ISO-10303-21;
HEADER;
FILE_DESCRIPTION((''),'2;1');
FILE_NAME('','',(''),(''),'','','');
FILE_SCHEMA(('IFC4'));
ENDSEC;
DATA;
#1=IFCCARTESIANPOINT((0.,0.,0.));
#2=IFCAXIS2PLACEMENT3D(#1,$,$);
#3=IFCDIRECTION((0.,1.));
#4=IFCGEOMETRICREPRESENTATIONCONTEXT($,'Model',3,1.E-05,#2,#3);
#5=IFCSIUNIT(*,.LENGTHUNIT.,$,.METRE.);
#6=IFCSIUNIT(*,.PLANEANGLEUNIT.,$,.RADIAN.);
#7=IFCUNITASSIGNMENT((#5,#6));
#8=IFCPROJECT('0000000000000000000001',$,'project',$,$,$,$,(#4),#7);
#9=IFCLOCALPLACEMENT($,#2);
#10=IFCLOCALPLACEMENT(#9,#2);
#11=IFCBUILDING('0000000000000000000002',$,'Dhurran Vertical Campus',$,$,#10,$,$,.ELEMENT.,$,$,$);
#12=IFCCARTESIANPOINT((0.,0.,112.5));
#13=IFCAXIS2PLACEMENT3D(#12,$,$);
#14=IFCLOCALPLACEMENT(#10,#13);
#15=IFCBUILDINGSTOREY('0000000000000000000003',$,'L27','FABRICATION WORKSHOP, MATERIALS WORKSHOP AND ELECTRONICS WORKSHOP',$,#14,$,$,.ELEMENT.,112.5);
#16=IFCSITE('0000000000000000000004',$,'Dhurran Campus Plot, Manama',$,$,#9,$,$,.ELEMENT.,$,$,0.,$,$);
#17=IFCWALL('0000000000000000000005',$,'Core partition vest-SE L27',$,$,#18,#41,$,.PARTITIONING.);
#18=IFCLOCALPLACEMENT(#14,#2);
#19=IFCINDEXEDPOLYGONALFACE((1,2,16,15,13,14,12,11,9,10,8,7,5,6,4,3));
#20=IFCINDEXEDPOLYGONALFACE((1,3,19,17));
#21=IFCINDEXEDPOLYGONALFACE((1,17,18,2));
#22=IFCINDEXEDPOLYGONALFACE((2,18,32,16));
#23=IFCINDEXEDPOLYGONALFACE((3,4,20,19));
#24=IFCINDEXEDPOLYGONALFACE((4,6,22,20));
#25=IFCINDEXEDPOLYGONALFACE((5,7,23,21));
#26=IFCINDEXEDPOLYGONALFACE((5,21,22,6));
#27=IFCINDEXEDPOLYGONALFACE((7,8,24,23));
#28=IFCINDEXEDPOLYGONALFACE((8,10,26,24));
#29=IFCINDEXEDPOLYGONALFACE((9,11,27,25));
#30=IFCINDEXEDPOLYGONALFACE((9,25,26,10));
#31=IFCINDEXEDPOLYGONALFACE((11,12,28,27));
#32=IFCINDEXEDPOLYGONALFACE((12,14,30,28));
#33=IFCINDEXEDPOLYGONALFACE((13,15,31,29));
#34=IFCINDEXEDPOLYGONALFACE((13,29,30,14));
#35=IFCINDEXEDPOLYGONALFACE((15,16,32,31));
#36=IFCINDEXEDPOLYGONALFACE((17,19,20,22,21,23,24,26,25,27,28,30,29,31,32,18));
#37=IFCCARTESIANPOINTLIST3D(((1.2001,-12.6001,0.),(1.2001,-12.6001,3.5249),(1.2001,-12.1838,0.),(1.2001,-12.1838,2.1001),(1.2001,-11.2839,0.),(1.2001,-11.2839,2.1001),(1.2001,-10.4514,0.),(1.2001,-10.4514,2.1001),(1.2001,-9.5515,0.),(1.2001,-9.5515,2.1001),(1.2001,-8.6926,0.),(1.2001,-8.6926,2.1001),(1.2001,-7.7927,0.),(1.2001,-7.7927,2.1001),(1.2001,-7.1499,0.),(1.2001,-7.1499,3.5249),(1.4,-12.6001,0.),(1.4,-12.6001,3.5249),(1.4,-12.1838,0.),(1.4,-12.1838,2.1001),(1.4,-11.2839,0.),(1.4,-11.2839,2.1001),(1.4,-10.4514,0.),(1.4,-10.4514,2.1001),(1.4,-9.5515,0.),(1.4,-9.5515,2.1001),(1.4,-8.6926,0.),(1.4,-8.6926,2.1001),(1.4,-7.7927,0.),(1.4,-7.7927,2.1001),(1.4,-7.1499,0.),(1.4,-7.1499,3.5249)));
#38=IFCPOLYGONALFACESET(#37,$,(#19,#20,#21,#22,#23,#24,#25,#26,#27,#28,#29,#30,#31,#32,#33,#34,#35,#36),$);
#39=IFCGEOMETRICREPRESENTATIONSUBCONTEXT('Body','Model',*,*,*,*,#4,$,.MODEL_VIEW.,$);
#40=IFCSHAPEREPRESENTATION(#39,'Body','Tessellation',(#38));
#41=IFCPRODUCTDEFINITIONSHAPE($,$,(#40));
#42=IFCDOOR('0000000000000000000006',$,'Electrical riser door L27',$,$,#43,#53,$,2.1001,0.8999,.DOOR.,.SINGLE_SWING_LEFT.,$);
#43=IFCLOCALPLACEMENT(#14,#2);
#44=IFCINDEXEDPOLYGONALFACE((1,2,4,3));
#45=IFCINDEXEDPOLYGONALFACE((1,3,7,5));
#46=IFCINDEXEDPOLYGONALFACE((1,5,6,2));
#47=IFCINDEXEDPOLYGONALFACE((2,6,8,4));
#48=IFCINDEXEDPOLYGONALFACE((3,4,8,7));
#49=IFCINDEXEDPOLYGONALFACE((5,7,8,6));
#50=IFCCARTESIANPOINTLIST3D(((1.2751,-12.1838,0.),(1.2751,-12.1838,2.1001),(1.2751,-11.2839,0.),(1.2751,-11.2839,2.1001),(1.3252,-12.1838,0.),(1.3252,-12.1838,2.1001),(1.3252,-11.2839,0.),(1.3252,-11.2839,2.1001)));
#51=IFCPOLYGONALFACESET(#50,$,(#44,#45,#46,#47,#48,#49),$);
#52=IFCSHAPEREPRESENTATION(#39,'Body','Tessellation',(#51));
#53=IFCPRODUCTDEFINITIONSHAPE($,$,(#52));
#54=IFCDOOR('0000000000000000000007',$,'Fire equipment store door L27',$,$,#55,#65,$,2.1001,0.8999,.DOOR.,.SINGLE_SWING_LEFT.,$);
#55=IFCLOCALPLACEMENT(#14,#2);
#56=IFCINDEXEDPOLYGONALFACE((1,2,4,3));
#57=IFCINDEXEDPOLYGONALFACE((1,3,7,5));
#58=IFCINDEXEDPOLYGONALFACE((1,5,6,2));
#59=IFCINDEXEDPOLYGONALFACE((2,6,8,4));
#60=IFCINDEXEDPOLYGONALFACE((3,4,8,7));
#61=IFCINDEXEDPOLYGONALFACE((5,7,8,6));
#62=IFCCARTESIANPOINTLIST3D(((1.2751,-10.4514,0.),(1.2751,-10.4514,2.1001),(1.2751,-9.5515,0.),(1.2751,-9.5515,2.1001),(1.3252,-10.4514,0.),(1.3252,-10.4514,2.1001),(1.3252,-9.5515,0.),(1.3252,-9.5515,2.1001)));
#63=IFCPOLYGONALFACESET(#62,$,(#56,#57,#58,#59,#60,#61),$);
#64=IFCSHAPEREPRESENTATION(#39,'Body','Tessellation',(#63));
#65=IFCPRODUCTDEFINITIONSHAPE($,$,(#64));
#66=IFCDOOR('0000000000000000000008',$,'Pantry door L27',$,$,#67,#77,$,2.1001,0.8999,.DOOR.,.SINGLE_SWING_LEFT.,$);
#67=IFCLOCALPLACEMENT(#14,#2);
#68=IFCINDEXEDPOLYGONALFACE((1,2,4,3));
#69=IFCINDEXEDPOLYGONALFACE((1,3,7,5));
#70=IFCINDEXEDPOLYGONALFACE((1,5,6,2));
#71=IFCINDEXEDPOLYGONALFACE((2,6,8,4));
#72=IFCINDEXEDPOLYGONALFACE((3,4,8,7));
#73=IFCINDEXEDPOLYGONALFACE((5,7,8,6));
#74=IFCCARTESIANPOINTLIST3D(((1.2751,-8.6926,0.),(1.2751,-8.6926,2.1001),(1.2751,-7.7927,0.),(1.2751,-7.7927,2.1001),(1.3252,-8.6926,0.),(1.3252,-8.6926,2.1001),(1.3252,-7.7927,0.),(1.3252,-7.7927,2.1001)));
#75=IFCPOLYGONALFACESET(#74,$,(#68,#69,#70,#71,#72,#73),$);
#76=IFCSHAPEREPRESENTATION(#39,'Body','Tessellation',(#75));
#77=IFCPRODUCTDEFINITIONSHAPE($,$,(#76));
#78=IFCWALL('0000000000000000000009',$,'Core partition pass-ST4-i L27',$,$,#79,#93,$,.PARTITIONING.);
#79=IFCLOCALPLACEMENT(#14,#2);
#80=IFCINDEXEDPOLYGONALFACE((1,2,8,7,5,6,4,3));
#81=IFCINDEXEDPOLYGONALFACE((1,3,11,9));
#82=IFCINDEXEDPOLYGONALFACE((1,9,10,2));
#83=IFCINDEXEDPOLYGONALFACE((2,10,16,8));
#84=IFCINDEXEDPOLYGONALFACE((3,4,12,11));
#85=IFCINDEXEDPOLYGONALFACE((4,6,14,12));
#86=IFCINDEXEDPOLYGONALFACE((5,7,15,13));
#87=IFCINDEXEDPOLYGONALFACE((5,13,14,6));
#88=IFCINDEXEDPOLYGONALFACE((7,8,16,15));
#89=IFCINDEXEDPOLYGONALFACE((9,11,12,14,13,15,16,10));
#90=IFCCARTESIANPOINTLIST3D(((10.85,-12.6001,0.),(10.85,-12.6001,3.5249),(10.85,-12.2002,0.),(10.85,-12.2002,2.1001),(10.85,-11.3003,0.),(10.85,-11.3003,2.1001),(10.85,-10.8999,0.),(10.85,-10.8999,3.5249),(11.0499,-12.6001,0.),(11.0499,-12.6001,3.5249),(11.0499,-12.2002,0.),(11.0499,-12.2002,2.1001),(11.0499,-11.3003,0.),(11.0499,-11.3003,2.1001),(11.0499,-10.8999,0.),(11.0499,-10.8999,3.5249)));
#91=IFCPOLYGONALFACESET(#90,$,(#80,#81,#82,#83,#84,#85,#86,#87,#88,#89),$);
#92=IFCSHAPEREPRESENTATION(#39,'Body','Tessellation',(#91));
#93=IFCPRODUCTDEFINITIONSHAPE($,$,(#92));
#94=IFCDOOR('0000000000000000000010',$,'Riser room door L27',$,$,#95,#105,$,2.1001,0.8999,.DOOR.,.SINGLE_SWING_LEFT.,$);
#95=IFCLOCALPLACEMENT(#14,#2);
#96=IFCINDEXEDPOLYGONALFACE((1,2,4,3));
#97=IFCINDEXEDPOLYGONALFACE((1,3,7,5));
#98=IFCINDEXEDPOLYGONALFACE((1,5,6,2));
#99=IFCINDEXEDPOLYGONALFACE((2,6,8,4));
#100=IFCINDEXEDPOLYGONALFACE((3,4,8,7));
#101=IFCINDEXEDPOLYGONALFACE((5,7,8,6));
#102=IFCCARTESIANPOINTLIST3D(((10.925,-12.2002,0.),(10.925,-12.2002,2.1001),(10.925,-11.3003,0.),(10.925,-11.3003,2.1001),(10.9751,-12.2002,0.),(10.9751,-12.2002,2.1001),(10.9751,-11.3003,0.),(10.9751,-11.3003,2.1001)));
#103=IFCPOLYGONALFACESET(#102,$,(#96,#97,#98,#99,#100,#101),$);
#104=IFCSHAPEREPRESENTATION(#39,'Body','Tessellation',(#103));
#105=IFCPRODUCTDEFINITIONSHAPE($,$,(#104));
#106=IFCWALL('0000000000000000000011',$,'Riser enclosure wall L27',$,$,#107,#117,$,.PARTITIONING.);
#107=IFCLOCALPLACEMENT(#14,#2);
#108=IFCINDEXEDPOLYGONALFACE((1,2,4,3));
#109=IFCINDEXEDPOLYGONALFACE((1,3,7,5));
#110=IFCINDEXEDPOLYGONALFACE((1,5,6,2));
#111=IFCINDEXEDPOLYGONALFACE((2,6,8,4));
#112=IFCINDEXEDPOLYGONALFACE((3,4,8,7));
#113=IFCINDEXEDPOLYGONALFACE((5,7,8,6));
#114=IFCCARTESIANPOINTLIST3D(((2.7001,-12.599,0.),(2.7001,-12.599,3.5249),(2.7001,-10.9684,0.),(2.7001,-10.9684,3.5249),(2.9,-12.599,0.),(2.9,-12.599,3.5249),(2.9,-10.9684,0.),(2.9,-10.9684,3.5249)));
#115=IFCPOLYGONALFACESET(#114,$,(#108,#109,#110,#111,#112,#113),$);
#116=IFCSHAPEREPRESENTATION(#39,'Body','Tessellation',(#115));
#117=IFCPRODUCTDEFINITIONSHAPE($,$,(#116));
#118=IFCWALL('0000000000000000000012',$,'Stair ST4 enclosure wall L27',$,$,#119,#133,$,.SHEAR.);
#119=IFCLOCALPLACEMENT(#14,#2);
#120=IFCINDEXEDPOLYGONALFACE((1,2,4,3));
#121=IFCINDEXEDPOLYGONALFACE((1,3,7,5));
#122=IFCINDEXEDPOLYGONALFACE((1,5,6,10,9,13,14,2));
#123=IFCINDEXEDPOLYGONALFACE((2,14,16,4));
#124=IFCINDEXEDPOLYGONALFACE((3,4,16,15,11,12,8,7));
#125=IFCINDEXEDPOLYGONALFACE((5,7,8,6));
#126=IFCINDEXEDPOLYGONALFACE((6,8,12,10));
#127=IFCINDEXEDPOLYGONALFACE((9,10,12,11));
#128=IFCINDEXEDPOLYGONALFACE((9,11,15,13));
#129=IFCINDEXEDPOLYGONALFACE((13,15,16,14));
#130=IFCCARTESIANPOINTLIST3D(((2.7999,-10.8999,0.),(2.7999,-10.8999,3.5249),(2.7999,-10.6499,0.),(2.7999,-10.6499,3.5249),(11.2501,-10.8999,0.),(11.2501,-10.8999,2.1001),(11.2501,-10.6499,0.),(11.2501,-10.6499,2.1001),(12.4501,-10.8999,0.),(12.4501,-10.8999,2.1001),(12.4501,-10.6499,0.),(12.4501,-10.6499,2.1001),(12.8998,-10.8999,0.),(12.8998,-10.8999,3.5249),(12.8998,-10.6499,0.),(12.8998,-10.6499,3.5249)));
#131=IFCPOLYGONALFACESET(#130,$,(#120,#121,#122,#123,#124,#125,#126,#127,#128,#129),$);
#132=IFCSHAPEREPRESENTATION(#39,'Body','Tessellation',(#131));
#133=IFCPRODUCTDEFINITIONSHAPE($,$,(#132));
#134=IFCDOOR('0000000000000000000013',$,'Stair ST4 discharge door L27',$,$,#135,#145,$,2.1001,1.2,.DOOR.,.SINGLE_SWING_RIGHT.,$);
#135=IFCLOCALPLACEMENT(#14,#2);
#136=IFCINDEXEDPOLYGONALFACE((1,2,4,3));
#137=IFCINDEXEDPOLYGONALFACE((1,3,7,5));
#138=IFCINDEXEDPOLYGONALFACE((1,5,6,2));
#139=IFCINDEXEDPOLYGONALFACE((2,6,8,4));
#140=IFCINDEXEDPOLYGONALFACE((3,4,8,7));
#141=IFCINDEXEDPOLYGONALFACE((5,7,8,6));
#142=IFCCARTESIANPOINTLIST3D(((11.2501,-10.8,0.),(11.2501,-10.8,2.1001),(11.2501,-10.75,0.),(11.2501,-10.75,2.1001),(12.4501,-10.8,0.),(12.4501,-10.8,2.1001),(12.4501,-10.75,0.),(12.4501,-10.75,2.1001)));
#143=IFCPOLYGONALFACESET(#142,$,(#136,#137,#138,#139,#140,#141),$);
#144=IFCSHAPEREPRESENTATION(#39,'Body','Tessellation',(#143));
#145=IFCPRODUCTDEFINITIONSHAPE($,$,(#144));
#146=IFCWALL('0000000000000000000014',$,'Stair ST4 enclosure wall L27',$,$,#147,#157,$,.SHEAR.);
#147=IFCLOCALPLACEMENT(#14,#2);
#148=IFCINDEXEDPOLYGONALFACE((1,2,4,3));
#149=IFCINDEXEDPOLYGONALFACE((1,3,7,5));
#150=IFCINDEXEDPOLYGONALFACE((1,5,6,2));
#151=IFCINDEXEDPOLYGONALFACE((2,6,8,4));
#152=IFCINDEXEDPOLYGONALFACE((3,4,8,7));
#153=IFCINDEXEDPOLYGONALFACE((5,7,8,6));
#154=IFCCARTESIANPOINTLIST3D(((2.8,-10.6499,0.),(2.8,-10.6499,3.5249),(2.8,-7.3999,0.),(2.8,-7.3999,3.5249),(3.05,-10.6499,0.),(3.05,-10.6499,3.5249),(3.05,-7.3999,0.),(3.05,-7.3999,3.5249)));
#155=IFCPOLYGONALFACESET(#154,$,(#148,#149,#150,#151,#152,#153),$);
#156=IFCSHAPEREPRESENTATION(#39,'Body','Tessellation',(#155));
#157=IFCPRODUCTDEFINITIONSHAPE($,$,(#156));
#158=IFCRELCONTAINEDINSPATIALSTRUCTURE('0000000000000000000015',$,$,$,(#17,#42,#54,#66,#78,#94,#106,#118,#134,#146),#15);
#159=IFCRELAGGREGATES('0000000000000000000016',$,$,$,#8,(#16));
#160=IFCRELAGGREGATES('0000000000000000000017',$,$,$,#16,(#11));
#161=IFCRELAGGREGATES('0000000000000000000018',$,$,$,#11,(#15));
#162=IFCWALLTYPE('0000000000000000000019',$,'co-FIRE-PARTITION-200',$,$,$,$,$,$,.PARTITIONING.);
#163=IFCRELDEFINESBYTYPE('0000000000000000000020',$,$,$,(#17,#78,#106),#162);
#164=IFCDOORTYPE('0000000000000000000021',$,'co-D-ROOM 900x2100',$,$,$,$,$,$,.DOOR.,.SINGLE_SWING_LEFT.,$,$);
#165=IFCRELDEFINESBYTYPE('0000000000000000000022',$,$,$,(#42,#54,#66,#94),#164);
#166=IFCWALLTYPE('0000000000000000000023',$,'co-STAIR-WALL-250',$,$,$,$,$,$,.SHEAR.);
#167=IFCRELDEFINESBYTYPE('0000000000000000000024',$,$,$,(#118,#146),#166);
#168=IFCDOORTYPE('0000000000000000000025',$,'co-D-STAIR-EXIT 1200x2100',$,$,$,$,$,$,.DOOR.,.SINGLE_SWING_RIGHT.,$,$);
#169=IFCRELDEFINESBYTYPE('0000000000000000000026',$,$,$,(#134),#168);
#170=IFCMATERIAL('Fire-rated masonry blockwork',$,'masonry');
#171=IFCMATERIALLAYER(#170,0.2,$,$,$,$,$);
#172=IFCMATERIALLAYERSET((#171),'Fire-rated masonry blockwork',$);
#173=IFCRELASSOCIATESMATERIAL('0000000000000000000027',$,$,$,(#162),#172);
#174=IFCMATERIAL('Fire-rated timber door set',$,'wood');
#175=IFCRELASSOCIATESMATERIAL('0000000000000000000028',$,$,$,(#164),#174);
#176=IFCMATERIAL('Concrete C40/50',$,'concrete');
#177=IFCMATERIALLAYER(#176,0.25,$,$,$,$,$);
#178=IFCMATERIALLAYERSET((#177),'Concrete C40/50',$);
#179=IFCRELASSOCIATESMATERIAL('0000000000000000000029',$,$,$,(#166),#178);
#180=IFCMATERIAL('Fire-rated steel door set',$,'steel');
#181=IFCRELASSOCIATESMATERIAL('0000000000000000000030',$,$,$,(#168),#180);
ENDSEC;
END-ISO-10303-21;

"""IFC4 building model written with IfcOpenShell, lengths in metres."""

from ifc_helpers import new_model, si_unit, direction, frame, frame_2d, origin, place, context, subcontext, project, spatial, rectangle, extrude, material, layer, layer_set, type_object, element, fill, save


model = new_model("IFC4")

# Units and contexts
model_context = context("Model", 3, precision=1e-05, world=origin(), true_north=direction((0.0, 1.0)))
body_context = subcontext(model_context, "Body", "Model", "MODEL_VIEW")
ifc_project = project(units=[si_unit("LENGTHUNIT", "METRE"), si_unit("PLANEANGLEUNIT", "RADIAN")], contexts=[model_context])

# Site, building, storey
site_placement = place(None, origin())
site = spatial("IfcSite", under=ifc_project, at=site_placement, Name="Dhurran Campus Plot, Manama", CompositionType="ELEMENT", RefElevation=0.0)
building_placement = place(site_placement, origin())
building = spatial("IfcBuilding", under=site, at=building_placement, Name="Dhurran Vertical Campus", CompositionType="ELEMENT")
storey_placement = place(building_placement, frame((0.0, 0.0, 112.5)))
storey = spatial("IfcBuildingStorey", under=building, at=storey_placement, Name="L27", Description="FABRICATION WORKSHOP, MATERIALS WORKSHOP AND ELECTRONICS WORKSHOP", CompositionType="ELEMENT", Elevation=112.5)

# Shared definitions
ifc_material_1 = material(Name="Fire-rated masonry blockwork", Category="masonry")
ifc_layer_1 = layer(ifc_material_1, 0.2)
ifc_layer_set_1 = layer_set([ifc_layer_1], Name="Fire-rated masonry blockwork")
wall_type_1 = type_object("IfcWallType", Name="co-FIRE-PARTITION-200", PredefinedType="PARTITIONING", material=ifc_layer_set_1)

# Wall, openings, doors
wall_1_placement = place(storey_placement, frame((1.3, -12.6001, 0.0), z_axis=(0.0, 0.0, 1.0), x_axis=(0.0, 1.0, 0.0)))
wall_1 = element("IfcWall", 1, at=wall_1_placement, inside=storey, type_object=wall_type_1, Name="Core partition vest-SE L27", PredefinedType="PARTITIONING", context=body_context, shape_type="SweptSolid", body=[
    extrude(rectangle(XDim=5.4502, YDim=0.2, at=frame_2d((2.7251, 0.0))), origin(), (0.0, 0.0, 1.0), 3.5249),
])
opening_1_placement = place(wall_1_placement, frame((0.4163, 0.0, 0.0)))
opening_1 = element("IfcOpeningElement", 2, at=opening_1_placement, cuts=wall_1, PredefinedType="OPENING", context=body_context, shape_type="SweptSolid", body=[
    extrude(rectangle(XDim=0.8999, YDim=2.1001, at=frame_2d((0.45, 1.05))), frame((0.0, 0.1099, 0.0), z_axis=(0.0, -1.0, 0.0), x_axis=(1.0, 0.0, 0.0)), (0.0, 0.0, 1.0), 0.22),
])
opening_2_placement = place(wall_1_placement, frame((2.1487, 0.0, 0.0)))
opening_2 = element("IfcOpeningElement", 3, at=opening_2_placement, cuts=wall_1, PredefinedType="OPENING", context=body_context, shape_type="SweptSolid", body=[
    extrude(rectangle(XDim=0.8999, YDim=2.1001, at=frame_2d((0.45, 1.05))), frame((0.0, 0.1099, 0.0), z_axis=(0.0, -1.0, 0.0), x_axis=(1.0, 0.0, 0.0)), (0.0, 0.0, 1.0), 0.22),
])
opening_3_placement = place(wall_1_placement, frame((3.9075, 0.0, 0.0)))
opening_3 = element("IfcOpeningElement", 4, at=opening_3_placement, cuts=wall_1, PredefinedType="OPENING", context=body_context, shape_type="SweptSolid", body=[
    extrude(rectangle(XDim=0.8999, YDim=2.1001, at=frame_2d((0.45, 1.05))), frame((0.0, 0.1099, 0.0), z_axis=(0.0, -1.0, 0.0), x_axis=(1.0, 0.0, 0.0)), (0.0, 0.0, 1.0), 0.22),
])
ifc_material_2 = material(Name="Fire-rated timber door set", Category="wood")
door_type_1 = type_object("IfcDoorType", Name="co-D-ROOM 900x2100", OperationType="SINGLE_SWING_LEFT", PredefinedType="DOOR", material=ifc_material_2)
door_1_placement = place(opening_1_placement, origin())
door_1 = element("IfcDoor", 5, at=door_1_placement, inside=storey, type_object=door_type_1, Name="Electrical riser door L27", OperationType="SINGLE_SWING_LEFT", OverallHeight=2.1001, OverallWidth=0.8999, PredefinedType="DOOR", context=body_context, shape_type="SweptSolid", body=[
    extrude(rectangle(XDim=0.8999, YDim=2.1001, at=frame_2d((0.45, 1.05))), frame((0.0, 0.0249, 0.0), z_axis=(0.0, -1.0, 0.0), x_axis=(1.0, 0.0, 0.0)), (0.0, 0.0, 1.0), 0.05),
])
fill(opening_1, door_1)
door_2_placement = place(opening_2_placement, origin())
door_2 = element("IfcDoor", 6, at=door_2_placement, inside=storey, type_object=door_type_1, Name="Fire equipment store door L27", OperationType="SINGLE_SWING_LEFT", OverallHeight=2.1001, OverallWidth=0.8999, PredefinedType="DOOR", context=body_context, shape_type="SweptSolid", body=[
    extrude(rectangle(XDim=0.8999, YDim=2.1001, at=frame_2d((0.45, 1.05))), frame((0.0, 0.0249, 0.0), z_axis=(0.0, -1.0, 0.0), x_axis=(1.0, 0.0, 0.0)), (0.0, 0.0, 1.0), 0.05),
])
fill(opening_2, door_2)
door_3_placement = place(opening_3_placement, origin())
door_3 = element("IfcDoor", 7, at=door_3_placement, inside=storey, type_object=door_type_1, Name="Pantry door L27", OperationType="SINGLE_SWING_LEFT", OverallHeight=2.1001, OverallWidth=0.8999, PredefinedType="DOOR", context=body_context, shape_type="SweptSolid", body=[
    extrude(rectangle(XDim=0.8999, YDim=2.1001, at=frame_2d((0.45, 1.05))), frame((0.0, 0.0249, 0.0), z_axis=(0.0, -1.0, 0.0), x_axis=(1.0, 0.0, 0.0)), (0.0, 0.0, 1.0), 0.05),
])
fill(opening_3, door_3)

# Wall, opening, door
wall_2_placement = place(storey_placement, frame((10.95, -12.6001, 0.0), z_axis=(0.0, 0.0, 1.0), x_axis=(0.0, 1.0, 0.0)))
wall_2 = element("IfcWall", 8, at=wall_2_placement, inside=storey, type_object=wall_type_1, Name="Core partition pass-ST4-i L27", PredefinedType="PARTITIONING", context=body_context, shape_type="SweptSolid", body=[
    extrude(rectangle(XDim=1.7002, YDim=0.2, at=frame_2d((0.8501, 0.0))), origin(), (0.0, 0.0, 1.0), 3.5249),
])
opening_4_placement = place(wall_2_placement, frame((0.3999, 0.0, 0.0)))
opening_4 = element("IfcOpeningElement", 9, at=opening_4_placement, cuts=wall_2, PredefinedType="OPENING", context=body_context, shape_type="SweptSolid", body=[
    extrude(rectangle(XDim=0.8999, YDim=2.1001, at=frame_2d((0.45, 1.05))), frame((0.0, 0.1099, 0.0), z_axis=(0.0, -1.0, 0.0), x_axis=(1.0, 0.0, 0.0)), (0.0, 0.0, 1.0), 0.22),
])
door_4_placement = place(opening_4_placement, origin())
door_4 = element("IfcDoor", 10, at=door_4_placement, inside=storey, type_object=door_type_1, Name="Riser room door L27", OperationType="SINGLE_SWING_LEFT", OverallHeight=2.1001, OverallWidth=0.8999, PredefinedType="DOOR", context=body_context, shape_type="SweptSolid", body=[
    extrude(rectangle(XDim=0.8999, YDim=2.1001, at=frame_2d((0.45, 1.05))), frame((0.0, 0.0249, 0.0), z_axis=(0.0, -1.0, 0.0), x_axis=(1.0, 0.0, 0.0)), (0.0, 0.0, 1.0), 0.05),
])
fill(opening_4, door_4)

# Wall
wall_3_placement = place(storey_placement, frame((2.8, -12.5991, 0.0), z_axis=(0.0, 0.0, 1.0), x_axis=(0.0, 1.0, 0.0)))
element("IfcWall", 11, at=wall_3_placement, inside=storey, type_object=wall_type_1, Name="Riser enclosure wall L27", PredefinedType="PARTITIONING", context=body_context, shape_type="SweptSolid", body=[
    extrude(rectangle(XDim=1.6306, YDim=0.2, at=frame_2d((0.8154, 0.0))), origin(), (0.0, 0.0, 1.0), 3.5249),
])

# Wall, opening, door
ifc_material_3 = material(Name="Concrete C40/50", Category="concrete")
ifc_layer_2 = layer(ifc_material_3, 0.25)
ifc_layer_set_2 = layer_set([ifc_layer_2], Name="Concrete C40/50")
wall_type_2 = type_object("IfcWallType", Name="co-STAIR-WALL-250", PredefinedType="SHEAR", material=ifc_layer_set_2)
wall_4_placement = place(storey_placement, frame((2.8, -10.7749, 0.0), z_axis=(0.0, 0.0, 1.0), x_axis=(1.0, 0.0, 0.0)))
wall_4 = element("IfcWall", 12, at=wall_4_placement, inside=storey, type_object=wall_type_2, Name="Stair ST4 enclosure wall L27", PredefinedType="SHEAR", context=body_context, shape_type="SweptSolid", body=[
    extrude(rectangle(XDim=10.0999, YDim=0.25, at=frame_2d((5.0498, 0.0))), origin(), (0.0, 0.0, 1.0), 3.5249),
])
opening_5_placement = place(wall_4_placement, frame((8.45, 0.0, 0.0)))
opening_5 = element("IfcOpeningElement", 13, at=opening_5_placement, cuts=wall_4, PredefinedType="OPENING", context=body_context, shape_type="SweptSolid", body=[
    extrude(rectangle(XDim=1.2, YDim=2.1001, at=frame_2d((0.6001, 1.05))), frame((0.0, 0.135, 0.0), z_axis=(0.0, -1.0, 0.0), x_axis=(1.0, 0.0, 0.0)), (0.0, 0.0, 1.0), 0.27),
])
ifc_material_4 = material(Name="Fire-rated steel door set", Category="steel")
door_type_2 = type_object("IfcDoorType", Name="co-D-STAIR-EXIT 1200x2100", OperationType="SINGLE_SWING_RIGHT", PredefinedType="DOOR", material=ifc_material_4)
door_5_placement = place(opening_5_placement, origin())
door_5 = element("IfcDoor", 14, at=door_5_placement, inside=storey, type_object=door_type_2, Name="Stair ST4 discharge door L27", OperationType="SINGLE_SWING_RIGHT", OverallHeight=2.1001, OverallWidth=1.2, PredefinedType="DOOR", context=body_context, shape_type="SweptSolid", body=[
    extrude(rectangle(XDim=1.2, YDim=2.1001, at=frame_2d((0.6001, 1.05))), frame((0.0, 0.0249, 0.0), z_axis=(0.0, -1.0, 0.0), x_axis=(1.0, 0.0, 0.0)), (0.0, 0.0, 1.0), 0.05),
])
fill(opening_5, door_5)

# Wall
wall_5_placement = place(storey_placement, frame((2.925, -10.6499, 0.0), z_axis=(0.0, 0.0, 1.0), x_axis=(0.0, 1.0, 0.0)))
element("IfcWall", 15, at=wall_5_placement, inside=storey, type_object=wall_type_2, Name="Stair ST4 enclosure wall L27", PredefinedType="SHEAR", context=body_context, shape_type="SweptSolid", body=[
    extrude(rectangle(XDim=3.25, YDim=0.25, at=frame_2d((1.625, 0.0))), origin(), (0.0, 0.0, 1.0), 3.5249),
])

save(model, "model.ifc")
